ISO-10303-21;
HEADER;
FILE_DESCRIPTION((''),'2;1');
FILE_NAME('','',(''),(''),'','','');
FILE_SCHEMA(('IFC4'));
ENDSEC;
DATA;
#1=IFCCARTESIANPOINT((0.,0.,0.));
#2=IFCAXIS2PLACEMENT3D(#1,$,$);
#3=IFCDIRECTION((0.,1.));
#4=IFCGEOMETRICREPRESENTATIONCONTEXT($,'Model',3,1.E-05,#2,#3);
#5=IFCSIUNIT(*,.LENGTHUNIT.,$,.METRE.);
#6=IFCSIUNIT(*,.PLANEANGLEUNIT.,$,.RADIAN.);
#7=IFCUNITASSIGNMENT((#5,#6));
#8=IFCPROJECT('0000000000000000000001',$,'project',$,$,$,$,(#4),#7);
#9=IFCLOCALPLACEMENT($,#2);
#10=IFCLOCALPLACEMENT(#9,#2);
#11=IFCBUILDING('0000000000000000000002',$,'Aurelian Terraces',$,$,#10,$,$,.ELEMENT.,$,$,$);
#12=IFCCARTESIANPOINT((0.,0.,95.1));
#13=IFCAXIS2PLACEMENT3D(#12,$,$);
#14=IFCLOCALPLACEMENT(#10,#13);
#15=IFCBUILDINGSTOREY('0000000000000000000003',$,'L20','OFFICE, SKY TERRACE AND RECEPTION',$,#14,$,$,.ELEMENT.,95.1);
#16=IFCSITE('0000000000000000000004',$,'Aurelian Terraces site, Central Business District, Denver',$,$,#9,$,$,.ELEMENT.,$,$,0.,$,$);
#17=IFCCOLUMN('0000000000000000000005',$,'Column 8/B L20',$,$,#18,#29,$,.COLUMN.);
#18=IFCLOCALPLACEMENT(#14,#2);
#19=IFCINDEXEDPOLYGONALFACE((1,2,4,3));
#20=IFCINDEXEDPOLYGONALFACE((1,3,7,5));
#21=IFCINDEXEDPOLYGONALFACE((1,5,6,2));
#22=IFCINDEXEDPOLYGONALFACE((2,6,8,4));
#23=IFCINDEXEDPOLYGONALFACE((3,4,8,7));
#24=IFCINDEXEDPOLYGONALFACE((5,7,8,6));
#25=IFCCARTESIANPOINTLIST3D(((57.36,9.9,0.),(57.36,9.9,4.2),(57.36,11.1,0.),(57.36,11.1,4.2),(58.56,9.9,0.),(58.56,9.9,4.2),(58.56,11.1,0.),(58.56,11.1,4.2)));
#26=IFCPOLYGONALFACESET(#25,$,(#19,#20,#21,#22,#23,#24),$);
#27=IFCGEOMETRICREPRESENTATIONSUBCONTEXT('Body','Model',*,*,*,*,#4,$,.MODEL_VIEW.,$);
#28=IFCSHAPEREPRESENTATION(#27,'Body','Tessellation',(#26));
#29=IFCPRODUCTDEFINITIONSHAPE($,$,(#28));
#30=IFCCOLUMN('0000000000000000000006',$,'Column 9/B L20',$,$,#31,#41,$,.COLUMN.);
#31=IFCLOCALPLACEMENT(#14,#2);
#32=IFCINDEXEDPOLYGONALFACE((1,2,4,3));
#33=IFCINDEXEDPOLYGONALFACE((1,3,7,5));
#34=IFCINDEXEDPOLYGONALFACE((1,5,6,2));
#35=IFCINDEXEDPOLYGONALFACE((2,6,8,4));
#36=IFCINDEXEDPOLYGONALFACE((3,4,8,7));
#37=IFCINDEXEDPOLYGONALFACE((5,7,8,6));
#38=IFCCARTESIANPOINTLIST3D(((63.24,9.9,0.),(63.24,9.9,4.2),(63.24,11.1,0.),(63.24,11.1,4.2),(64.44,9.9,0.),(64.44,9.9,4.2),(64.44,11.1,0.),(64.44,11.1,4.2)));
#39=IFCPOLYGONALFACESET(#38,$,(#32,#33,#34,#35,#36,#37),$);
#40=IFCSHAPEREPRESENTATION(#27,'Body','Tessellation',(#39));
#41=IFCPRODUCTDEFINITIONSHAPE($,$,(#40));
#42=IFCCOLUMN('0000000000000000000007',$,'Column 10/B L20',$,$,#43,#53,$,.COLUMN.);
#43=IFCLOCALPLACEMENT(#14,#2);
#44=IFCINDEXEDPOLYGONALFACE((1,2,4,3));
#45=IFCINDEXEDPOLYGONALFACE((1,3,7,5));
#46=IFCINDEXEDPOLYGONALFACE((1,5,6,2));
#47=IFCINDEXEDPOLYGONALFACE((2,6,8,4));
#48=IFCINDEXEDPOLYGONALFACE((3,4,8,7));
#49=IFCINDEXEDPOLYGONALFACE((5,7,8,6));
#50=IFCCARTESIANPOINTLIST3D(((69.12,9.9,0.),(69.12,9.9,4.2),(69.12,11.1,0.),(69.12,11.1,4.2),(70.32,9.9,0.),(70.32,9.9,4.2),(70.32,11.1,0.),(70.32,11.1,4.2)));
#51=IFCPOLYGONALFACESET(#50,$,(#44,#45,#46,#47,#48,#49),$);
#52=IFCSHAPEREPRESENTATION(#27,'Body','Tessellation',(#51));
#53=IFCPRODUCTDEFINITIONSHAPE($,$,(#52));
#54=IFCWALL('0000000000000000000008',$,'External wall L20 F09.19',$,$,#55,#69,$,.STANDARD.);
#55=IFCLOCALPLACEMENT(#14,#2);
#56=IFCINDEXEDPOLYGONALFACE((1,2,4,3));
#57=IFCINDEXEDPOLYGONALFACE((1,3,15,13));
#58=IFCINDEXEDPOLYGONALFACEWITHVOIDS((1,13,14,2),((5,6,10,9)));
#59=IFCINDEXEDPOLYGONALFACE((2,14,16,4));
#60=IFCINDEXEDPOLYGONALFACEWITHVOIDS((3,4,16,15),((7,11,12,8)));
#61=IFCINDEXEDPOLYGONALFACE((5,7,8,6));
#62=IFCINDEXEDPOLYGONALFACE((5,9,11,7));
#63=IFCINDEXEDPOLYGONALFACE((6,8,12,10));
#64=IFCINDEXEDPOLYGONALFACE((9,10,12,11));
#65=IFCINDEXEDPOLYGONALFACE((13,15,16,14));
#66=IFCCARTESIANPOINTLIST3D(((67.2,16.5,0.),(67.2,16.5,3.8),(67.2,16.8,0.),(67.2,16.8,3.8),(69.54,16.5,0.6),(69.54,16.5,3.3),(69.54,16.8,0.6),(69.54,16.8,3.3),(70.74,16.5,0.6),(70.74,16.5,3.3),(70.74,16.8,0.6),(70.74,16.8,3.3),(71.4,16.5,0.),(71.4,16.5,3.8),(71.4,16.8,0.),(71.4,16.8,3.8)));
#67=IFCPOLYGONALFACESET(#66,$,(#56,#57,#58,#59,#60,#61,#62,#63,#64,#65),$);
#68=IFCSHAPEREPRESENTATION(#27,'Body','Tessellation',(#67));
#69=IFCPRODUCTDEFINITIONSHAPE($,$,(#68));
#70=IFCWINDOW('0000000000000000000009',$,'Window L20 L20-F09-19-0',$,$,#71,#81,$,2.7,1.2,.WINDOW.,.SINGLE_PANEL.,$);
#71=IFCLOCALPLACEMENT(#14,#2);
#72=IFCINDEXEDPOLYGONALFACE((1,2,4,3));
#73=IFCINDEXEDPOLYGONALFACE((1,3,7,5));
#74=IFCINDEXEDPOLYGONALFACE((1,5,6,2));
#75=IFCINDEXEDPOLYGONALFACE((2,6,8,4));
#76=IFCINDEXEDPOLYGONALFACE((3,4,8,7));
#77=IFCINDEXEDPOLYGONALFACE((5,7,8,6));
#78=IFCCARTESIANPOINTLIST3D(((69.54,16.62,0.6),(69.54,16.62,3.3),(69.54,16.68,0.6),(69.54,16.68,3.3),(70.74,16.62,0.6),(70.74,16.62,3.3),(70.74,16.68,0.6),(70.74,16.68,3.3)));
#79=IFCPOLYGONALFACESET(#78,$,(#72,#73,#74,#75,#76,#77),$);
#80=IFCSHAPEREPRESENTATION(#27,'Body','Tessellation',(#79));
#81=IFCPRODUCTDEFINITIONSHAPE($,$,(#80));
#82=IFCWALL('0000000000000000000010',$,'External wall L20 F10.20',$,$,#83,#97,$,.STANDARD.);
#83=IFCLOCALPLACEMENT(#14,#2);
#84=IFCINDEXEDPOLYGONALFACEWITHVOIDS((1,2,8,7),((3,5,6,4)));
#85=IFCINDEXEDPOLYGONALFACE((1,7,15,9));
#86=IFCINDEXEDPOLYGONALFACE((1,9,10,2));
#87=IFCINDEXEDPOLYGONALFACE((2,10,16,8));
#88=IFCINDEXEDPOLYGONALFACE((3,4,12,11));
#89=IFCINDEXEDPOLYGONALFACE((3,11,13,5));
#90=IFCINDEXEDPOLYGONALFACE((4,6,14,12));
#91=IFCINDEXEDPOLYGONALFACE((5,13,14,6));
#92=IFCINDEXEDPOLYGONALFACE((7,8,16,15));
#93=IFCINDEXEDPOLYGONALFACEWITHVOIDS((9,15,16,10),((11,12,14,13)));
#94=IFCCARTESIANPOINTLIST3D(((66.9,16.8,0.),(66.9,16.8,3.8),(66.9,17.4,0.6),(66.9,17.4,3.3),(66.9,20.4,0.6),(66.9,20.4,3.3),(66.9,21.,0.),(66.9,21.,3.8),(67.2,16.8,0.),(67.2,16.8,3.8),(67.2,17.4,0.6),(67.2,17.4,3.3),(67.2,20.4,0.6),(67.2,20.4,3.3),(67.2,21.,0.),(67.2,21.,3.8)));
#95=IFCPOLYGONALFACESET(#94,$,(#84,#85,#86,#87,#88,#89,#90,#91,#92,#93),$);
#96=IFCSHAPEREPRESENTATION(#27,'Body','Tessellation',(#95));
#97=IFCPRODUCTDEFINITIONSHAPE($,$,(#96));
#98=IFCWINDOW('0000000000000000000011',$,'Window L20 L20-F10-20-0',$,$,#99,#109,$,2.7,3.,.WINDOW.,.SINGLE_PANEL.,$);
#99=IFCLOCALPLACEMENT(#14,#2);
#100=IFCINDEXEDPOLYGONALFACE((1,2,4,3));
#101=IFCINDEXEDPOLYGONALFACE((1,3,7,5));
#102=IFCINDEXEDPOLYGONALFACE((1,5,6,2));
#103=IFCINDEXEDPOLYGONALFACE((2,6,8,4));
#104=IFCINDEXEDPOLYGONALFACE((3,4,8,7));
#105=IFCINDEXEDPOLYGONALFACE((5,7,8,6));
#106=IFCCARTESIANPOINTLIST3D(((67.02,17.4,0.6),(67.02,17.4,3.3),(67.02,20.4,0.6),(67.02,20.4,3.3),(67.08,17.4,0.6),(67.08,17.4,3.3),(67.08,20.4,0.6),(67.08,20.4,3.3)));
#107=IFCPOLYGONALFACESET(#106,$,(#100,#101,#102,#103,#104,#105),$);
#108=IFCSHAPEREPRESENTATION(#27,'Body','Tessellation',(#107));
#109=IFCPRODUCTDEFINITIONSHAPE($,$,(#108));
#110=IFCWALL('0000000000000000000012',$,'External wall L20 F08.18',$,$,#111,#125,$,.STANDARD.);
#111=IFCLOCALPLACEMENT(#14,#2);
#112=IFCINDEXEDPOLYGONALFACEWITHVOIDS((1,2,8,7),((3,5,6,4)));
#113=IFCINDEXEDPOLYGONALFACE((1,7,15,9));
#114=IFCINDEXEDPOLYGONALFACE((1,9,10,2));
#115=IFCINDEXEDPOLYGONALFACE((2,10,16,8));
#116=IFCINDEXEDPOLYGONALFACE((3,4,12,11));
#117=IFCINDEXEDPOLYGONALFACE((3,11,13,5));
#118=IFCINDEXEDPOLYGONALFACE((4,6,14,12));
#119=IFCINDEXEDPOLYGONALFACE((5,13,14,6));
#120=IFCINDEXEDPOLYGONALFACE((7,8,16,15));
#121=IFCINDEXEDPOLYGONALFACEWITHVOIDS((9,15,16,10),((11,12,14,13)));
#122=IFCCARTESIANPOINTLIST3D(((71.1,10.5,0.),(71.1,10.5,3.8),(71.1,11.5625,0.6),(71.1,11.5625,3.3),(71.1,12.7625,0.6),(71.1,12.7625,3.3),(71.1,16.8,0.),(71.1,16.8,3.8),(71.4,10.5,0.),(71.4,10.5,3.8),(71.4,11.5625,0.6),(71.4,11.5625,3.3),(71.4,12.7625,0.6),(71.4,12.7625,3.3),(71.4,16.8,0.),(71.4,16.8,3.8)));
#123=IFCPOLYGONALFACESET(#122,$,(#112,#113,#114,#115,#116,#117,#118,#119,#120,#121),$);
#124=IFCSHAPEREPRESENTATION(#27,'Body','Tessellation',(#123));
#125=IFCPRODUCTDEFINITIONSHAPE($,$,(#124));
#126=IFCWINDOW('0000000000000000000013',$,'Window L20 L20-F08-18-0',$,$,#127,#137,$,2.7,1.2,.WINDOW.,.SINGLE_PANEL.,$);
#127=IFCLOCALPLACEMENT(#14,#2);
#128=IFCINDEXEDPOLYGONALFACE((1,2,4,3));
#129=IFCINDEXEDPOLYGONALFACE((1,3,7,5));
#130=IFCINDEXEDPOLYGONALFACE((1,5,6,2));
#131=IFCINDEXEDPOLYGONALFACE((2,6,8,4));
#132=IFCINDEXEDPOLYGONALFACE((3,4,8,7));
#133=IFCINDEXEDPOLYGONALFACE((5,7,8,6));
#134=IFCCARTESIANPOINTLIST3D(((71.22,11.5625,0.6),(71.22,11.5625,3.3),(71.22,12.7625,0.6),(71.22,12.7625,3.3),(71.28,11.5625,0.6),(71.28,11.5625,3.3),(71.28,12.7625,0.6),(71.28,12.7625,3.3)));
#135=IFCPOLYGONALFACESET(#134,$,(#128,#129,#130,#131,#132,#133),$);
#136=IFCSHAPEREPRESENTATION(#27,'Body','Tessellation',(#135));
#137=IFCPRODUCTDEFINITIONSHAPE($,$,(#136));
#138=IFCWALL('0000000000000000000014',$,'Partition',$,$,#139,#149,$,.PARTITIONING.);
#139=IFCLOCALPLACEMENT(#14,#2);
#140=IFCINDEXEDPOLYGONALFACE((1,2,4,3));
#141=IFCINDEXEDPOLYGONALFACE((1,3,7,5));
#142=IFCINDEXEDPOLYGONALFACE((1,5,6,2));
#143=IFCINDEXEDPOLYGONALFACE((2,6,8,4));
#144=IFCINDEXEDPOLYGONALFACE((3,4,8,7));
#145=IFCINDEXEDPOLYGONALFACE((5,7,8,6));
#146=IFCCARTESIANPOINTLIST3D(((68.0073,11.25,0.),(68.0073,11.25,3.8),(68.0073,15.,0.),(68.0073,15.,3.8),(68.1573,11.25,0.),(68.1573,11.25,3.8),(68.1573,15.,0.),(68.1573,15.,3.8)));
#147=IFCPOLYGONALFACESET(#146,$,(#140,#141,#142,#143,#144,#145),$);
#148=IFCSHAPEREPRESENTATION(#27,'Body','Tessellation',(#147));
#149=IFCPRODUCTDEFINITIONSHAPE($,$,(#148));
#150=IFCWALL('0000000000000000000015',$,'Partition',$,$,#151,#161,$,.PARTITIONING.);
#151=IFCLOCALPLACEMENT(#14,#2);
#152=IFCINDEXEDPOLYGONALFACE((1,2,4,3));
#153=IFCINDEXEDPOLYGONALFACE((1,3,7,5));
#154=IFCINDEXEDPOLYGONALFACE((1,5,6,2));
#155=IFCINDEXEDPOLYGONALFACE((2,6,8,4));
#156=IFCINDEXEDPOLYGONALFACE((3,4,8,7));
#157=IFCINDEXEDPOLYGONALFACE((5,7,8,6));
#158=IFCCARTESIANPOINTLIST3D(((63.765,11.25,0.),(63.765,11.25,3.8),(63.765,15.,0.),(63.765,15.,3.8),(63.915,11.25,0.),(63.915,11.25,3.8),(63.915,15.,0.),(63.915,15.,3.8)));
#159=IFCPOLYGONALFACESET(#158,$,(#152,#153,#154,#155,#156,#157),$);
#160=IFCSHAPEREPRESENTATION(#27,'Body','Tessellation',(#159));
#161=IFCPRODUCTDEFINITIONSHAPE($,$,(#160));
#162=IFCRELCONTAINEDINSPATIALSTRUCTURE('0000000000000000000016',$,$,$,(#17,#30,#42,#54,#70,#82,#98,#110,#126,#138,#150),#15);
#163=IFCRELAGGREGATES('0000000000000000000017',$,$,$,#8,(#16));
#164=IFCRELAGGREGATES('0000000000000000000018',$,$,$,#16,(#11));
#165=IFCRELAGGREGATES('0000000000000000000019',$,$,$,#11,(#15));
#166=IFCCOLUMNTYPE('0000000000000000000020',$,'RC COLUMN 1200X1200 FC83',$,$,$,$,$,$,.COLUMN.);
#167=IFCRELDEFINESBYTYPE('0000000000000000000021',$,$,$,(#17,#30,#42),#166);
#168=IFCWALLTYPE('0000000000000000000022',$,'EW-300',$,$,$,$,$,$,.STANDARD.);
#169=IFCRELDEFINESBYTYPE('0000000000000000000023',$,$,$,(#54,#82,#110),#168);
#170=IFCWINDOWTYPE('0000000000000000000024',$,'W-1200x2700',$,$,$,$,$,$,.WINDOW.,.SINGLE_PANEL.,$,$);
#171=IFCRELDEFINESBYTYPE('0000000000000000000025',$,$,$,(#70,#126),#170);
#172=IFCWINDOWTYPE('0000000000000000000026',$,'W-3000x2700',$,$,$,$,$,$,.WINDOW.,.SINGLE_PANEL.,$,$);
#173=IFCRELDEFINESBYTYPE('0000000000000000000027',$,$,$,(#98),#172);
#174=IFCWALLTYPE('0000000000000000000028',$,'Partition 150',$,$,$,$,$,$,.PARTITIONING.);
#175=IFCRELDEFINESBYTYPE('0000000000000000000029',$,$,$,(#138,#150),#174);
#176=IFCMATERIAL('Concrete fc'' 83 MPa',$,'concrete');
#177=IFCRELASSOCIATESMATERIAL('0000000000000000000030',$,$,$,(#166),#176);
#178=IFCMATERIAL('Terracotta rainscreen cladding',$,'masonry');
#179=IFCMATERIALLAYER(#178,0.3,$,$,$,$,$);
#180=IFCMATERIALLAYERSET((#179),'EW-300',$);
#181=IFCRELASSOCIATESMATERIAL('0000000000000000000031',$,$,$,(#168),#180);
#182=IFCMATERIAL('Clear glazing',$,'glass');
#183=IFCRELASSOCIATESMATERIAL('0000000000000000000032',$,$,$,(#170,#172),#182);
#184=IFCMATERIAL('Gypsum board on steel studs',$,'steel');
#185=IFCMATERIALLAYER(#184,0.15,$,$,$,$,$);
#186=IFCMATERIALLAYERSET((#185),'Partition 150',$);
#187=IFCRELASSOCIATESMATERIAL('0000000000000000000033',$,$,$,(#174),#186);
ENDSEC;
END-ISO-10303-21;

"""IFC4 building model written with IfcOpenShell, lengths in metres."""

from ifc_helpers import new_model, si_unit, direction, frame, frame_2d, origin, origin_2d, place, context, subcontext, project, spatial, rectangle, extrude, source, transform, mapped, material, layer, layer_set, material_profile, profile_set, type_object, element, fill, save


model = new_model("IFC4")

# Units and contexts
model_context = context("Model", 3, precision=1e-05, world=origin(), true_north=direction((0.0, 1.0)))
body_context = subcontext(model_context, "Body", "Model", "MODEL_VIEW")
ifc_project = project(units=[si_unit("LENGTHUNIT", "METRE"), si_unit("PLANEANGLEUNIT", "RADIAN")], contexts=[model_context])

# Site, building, storey
site_placement = place(None, origin())
site = spatial("IfcSite", under=ifc_project, at=site_placement, Name="Aurelian Terraces site, Central Business District, Denver", CompositionType="ELEMENT", RefElevation=0.0)
building_placement = place(site_placement, origin())
building = spatial("IfcBuilding", under=site, at=building_placement, Name="Aurelian Terraces", CompositionType="ELEMENT")
storey_placement = place(building_placement, frame((0.0, 0.0, 95.1)))
storey = spatial("IfcBuildingStorey", under=building, at=storey_placement, Name="L20", Description="OFFICE, SKY TERRACE AND RECEPTION", CompositionType="ELEMENT", Elevation=95.1)

# Columns
ifc_material_1 = material(Name="Concrete fc' 83 MPa", Category="concrete")
ifc_material_profile = material_profile(ifc_material_1, rectangle(XDim=1.2, YDim=1.2, at=origin_2d()))
ifc_profile_set = profile_set([ifc_material_profile], Name="Concrete fc' 83 MPa")
column_type = type_object("IfcColumnType", Name="RC COLUMN 1200X1200 FC83", PredefinedType="COLUMN", material=ifc_profile_set)
shared_shape_1 = source(origin(), body_context, "Body", "SweptSolid", [
    extrude(rectangle(XDim=1.2, YDim=1.2, at=origin_2d()), origin(), (0.0, 0.0, 1.0), 4.2),
])
for number, where, z_axis, x_axis, name in (
    (1, (57.96, 10.5, 0.0), (0.0, 0.0, 1.0), (1.0, 0.0, 0.0), "Column 8/B L20"),
    (2, (63.84, 10.5, 0.0), (0.0, 0.0, 1.0), (1.0, 0.0, 0.0), "Column 9/B L20"),
    (3, (69.72, 10.5, 0.0), (0.0, 0.0, 1.0), (1.0, 0.0, 0.0), "Column 10/B L20"),
):
    element("IfcColumn", number, at=place(storey_placement, frame(where, z_axis=z_axis, x_axis=x_axis)), inside=storey, type_object=column_type, Name=name, PredefinedType="COLUMN", context=body_context, shape_type="MappedRepresentation", body=[
        mapped(shared_shape_1, transform((0.0, 0.0, 0.0), scale=1.0)),
    ])

# Walls, openings, windows
ifc_material_2 = material(Name="Terracotta rainscreen cladding", Category="masonry")
ifc_layer_1 = layer(ifc_material_2, 0.3)
ifc_layer_set_1 = layer_set([ifc_layer_1], Name="EW-300")
wall_type_1 = type_object("IfcWallType", Name="EW-300", PredefinedType="STANDARD", material=ifc_layer_set_1)
shared_shape_2 = source(origin(), body_context, "Body", "SweptSolid", [
    extrude(rectangle(XDim=4.2, YDim=0.3, at=frame_2d((2.1, 0.0))), origin(), (0.0, 0.0, 1.0), 3.8),
])
wall_1_placement = place(storey_placement, frame((71.4, 16.65, 0.0), z_axis=(0.0, 0.0, 1.0), x_axis=(-1.0, 0.0, 0.0)))
wall_1 = element("IfcWall", 4, at=wall_1_placement, inside=storey, type_object=wall_type_1, Name="External wall L20 F09.19", PredefinedType="STANDARD", context=body_context, shape_type="MappedRepresentation", body=[
    mapped(shared_shape_2, transform((0.0, 0.0, 0.0), scale=1.0)),
])
shared_shape_3 = source(origin(), body_context, "Body", "SweptSolid", [
    extrude(rectangle(XDim=1.2, YDim=2.7, at=frame_2d((0.6, 1.35))), frame((0.0, 0.16, 0.0), z_axis=(0.0, -1.0, 0.0), x_axis=(1.0, 0.0, 0.0)), (0.0, 0.0, 1.0), 0.32),
])
opening_1_placement = place(wall_1_placement, frame((0.66, 0.0, 0.6)))
opening_1 = element("IfcOpeningElement", 5, at=opening_1_placement, cuts=wall_1, PredefinedType="OPENING", context=body_context, shape_type="MappedRepresentation", body=[
    mapped(shared_shape_3, transform((0.0, 0.0, 0.0), scale=1.0)),
])
ifc_material_3 = material(Name="Clear glazing", Category="glass")
window_type_1 = type_object("IfcWindowType", Name="W-1200x2700", PartitioningType="SINGLE_PANEL", PredefinedType="WINDOW", material=ifc_material_3)
shared_shape_4 = source(origin(), body_context, "Body", "SweptSolid", [
    extrude(rectangle(XDim=1.2, YDim=2.7, at=frame_2d((0.6, 1.35))), frame((0.0, 0.03, 0.0), z_axis=(0.0, -1.0, 0.0), x_axis=(1.0, 0.0, 0.0)), (0.0, 0.0, 1.0), 0.06),
])
window_1_placement = place(opening_1_placement, origin())
window_1 = element("IfcWindow", 6, at=window_1_placement, inside=storey, type_object=window_type_1, Name="Window L20 L20-F09-19-0", OverallHeight=2.7, OverallWidth=1.2, PartitioningType="SINGLE_PANEL", PredefinedType="WINDOW", context=body_context, shape_type="MappedRepresentation", body=[
    mapped(shared_shape_4, transform((0.0, 0.0, 0.0), scale=1.0)),
])
fill(opening_1, window_1)
wall_2_placement = place(storey_placement, frame((67.05, 16.8, 0.0), z_axis=(0.0, 0.0, 1.0), x_axis=(0.0, 1.0, 0.0)))
wall_2 = element("IfcWall", 7, at=wall_2_placement, inside=storey, type_object=wall_type_1, Name="External wall L20 F10.20", PredefinedType="STANDARD", context=body_context, shape_type="MappedRepresentation", body=[
    mapped(shared_shape_2, transform((0.0, 0.0, 0.0), scale=1.0)),
])
shared_shape_5 = source(origin(), body_context, "Body", "SweptSolid", [
    extrude(rectangle(XDim=3.0, YDim=2.7, at=frame_2d((1.5, 1.35))), frame((0.0, 0.16, 0.0), z_axis=(0.0, -1.0, 0.0), x_axis=(1.0, 0.0, 0.0)), (0.0, 0.0, 1.0), 0.32),
])
opening_2_placement = place(wall_2_placement, frame((0.6, 0.0, 0.6)))
opening_2 = element("IfcOpeningElement", 8, at=opening_2_placement, cuts=wall_2, PredefinedType="OPENING", context=body_context, shape_type="MappedRepresentation", body=[
    mapped(shared_shape_5, transform((0.0, 0.0, 0.0), scale=1.0)),
])
window_type_2 = type_object("IfcWindowType", Name="W-3000x2700", PartitioningType="SINGLE_PANEL", PredefinedType="WINDOW", material=ifc_material_3)
shared_shape_6 = source(origin(), body_context, "Body", "SweptSolid", [
    extrude(rectangle(XDim=3.0, YDim=2.7, at=frame_2d((1.5, 1.35))), frame((0.0, 0.03, 0.0), z_axis=(0.0, -1.0, 0.0), x_axis=(1.0, 0.0, 0.0)), (0.0, 0.0, 1.0), 0.06),
])
window_2_placement = place(opening_2_placement, origin())
window_2 = element("IfcWindow", 9, at=window_2_placement, inside=storey, type_object=window_type_2, Name="Window L20 L20-F10-20-0", OverallHeight=2.7, OverallWidth=3.0, PartitioningType="SINGLE_PANEL", PredefinedType="WINDOW", context=body_context, shape_type="MappedRepresentation", body=[
    mapped(shared_shape_6, transform((0.0, 0.0, 0.0), scale=1.0)),
])
fill(opening_2, window_2)
shared_shape_7 = source(origin(), body_context, "Body", "SweptSolid", [
    extrude(rectangle(XDim=6.3, YDim=0.3, at=frame_2d((3.15, 0.0))), origin(), (0.0, 0.0, 1.0), 3.8),
])
wall_3_placement = place(storey_placement, frame((71.25, 10.5, 0.0), z_axis=(0.0, 0.0, 1.0), x_axis=(0.0, 1.0, 0.0)))
wall_3 = element("IfcWall", 10, at=wall_3_placement, inside=storey, type_object=wall_type_1, Name="External wall L20 F08.18", PredefinedType="STANDARD", context=body_context, shape_type="MappedRepresentation", body=[
    mapped(shared_shape_7, transform((0.0, 0.0, 0.0), scale=1.0)),
])
opening_3_placement = place(wall_3_placement, frame((1.0625, 0.0, 0.6)))
opening_3 = element("IfcOpeningElement", 11, at=opening_3_placement, cuts=wall_3, PredefinedType="OPENING", context=body_context, shape_type="MappedRepresentation", body=[
    mapped(shared_shape_3, transform((0.0, 0.0, 0.0), scale=1.0)),
])
window_3_placement = place(opening_3_placement, origin())
window_3 = element("IfcWindow", 12, at=window_3_placement, inside=storey, type_object=window_type_1, Name="Window L20 L20-F08-18-0", OverallHeight=2.7, OverallWidth=1.2, PartitioningType="SINGLE_PANEL", PredefinedType="WINDOW", context=body_context, shape_type="MappedRepresentation", body=[
    mapped(shared_shape_4, transform((0.0, 0.0, 0.0), scale=1.0)),
])
fill(opening_3, window_3)

# Walls
ifc_material_4 = material(Name="Gypsum board on steel studs", Category="steel")
ifc_layer_2 = layer(ifc_material_4, 0.15)
ifc_layer_set_2 = layer_set([ifc_layer_2], Name="Partition 150")
wall_type_2 = type_object("IfcWallType", Name="Partition 150", PredefinedType="PARTITIONING", material=ifc_layer_set_2)
shared_shape_8 = source(origin(), body_context, "Body", "SweptSolid", [
    extrude(rectangle(XDim=3.75, YDim=0.15, at=frame_2d((1.875, 0.0))), origin(), (0.0, 0.0, 1.0), 3.8),
])
for number, where, z_axis, x_axis, name in (
    (13, (68.0823, 11.25, 0.0), (0.0, 0.0, 1.0), (0.0, 1.0, 0.0), "Partition"),
    (14, (63.84, 11.25, 0.0), (0.0, 0.0, 1.0), (0.0, 1.0, 0.0), "Partition"),
):
    element("IfcWall", number, at=place(storey_placement, frame(where, z_axis=z_axis, x_axis=x_axis)), inside=storey, type_object=wall_type_2, Name=name, PredefinedType="PARTITIONING", context=body_context, shape_type="MappedRepresentation", body=[
        mapped(shared_shape_8, transform((0.0, 0.0, 0.0), scale=1.0)),
    ])

save(model, "model.ifc")
